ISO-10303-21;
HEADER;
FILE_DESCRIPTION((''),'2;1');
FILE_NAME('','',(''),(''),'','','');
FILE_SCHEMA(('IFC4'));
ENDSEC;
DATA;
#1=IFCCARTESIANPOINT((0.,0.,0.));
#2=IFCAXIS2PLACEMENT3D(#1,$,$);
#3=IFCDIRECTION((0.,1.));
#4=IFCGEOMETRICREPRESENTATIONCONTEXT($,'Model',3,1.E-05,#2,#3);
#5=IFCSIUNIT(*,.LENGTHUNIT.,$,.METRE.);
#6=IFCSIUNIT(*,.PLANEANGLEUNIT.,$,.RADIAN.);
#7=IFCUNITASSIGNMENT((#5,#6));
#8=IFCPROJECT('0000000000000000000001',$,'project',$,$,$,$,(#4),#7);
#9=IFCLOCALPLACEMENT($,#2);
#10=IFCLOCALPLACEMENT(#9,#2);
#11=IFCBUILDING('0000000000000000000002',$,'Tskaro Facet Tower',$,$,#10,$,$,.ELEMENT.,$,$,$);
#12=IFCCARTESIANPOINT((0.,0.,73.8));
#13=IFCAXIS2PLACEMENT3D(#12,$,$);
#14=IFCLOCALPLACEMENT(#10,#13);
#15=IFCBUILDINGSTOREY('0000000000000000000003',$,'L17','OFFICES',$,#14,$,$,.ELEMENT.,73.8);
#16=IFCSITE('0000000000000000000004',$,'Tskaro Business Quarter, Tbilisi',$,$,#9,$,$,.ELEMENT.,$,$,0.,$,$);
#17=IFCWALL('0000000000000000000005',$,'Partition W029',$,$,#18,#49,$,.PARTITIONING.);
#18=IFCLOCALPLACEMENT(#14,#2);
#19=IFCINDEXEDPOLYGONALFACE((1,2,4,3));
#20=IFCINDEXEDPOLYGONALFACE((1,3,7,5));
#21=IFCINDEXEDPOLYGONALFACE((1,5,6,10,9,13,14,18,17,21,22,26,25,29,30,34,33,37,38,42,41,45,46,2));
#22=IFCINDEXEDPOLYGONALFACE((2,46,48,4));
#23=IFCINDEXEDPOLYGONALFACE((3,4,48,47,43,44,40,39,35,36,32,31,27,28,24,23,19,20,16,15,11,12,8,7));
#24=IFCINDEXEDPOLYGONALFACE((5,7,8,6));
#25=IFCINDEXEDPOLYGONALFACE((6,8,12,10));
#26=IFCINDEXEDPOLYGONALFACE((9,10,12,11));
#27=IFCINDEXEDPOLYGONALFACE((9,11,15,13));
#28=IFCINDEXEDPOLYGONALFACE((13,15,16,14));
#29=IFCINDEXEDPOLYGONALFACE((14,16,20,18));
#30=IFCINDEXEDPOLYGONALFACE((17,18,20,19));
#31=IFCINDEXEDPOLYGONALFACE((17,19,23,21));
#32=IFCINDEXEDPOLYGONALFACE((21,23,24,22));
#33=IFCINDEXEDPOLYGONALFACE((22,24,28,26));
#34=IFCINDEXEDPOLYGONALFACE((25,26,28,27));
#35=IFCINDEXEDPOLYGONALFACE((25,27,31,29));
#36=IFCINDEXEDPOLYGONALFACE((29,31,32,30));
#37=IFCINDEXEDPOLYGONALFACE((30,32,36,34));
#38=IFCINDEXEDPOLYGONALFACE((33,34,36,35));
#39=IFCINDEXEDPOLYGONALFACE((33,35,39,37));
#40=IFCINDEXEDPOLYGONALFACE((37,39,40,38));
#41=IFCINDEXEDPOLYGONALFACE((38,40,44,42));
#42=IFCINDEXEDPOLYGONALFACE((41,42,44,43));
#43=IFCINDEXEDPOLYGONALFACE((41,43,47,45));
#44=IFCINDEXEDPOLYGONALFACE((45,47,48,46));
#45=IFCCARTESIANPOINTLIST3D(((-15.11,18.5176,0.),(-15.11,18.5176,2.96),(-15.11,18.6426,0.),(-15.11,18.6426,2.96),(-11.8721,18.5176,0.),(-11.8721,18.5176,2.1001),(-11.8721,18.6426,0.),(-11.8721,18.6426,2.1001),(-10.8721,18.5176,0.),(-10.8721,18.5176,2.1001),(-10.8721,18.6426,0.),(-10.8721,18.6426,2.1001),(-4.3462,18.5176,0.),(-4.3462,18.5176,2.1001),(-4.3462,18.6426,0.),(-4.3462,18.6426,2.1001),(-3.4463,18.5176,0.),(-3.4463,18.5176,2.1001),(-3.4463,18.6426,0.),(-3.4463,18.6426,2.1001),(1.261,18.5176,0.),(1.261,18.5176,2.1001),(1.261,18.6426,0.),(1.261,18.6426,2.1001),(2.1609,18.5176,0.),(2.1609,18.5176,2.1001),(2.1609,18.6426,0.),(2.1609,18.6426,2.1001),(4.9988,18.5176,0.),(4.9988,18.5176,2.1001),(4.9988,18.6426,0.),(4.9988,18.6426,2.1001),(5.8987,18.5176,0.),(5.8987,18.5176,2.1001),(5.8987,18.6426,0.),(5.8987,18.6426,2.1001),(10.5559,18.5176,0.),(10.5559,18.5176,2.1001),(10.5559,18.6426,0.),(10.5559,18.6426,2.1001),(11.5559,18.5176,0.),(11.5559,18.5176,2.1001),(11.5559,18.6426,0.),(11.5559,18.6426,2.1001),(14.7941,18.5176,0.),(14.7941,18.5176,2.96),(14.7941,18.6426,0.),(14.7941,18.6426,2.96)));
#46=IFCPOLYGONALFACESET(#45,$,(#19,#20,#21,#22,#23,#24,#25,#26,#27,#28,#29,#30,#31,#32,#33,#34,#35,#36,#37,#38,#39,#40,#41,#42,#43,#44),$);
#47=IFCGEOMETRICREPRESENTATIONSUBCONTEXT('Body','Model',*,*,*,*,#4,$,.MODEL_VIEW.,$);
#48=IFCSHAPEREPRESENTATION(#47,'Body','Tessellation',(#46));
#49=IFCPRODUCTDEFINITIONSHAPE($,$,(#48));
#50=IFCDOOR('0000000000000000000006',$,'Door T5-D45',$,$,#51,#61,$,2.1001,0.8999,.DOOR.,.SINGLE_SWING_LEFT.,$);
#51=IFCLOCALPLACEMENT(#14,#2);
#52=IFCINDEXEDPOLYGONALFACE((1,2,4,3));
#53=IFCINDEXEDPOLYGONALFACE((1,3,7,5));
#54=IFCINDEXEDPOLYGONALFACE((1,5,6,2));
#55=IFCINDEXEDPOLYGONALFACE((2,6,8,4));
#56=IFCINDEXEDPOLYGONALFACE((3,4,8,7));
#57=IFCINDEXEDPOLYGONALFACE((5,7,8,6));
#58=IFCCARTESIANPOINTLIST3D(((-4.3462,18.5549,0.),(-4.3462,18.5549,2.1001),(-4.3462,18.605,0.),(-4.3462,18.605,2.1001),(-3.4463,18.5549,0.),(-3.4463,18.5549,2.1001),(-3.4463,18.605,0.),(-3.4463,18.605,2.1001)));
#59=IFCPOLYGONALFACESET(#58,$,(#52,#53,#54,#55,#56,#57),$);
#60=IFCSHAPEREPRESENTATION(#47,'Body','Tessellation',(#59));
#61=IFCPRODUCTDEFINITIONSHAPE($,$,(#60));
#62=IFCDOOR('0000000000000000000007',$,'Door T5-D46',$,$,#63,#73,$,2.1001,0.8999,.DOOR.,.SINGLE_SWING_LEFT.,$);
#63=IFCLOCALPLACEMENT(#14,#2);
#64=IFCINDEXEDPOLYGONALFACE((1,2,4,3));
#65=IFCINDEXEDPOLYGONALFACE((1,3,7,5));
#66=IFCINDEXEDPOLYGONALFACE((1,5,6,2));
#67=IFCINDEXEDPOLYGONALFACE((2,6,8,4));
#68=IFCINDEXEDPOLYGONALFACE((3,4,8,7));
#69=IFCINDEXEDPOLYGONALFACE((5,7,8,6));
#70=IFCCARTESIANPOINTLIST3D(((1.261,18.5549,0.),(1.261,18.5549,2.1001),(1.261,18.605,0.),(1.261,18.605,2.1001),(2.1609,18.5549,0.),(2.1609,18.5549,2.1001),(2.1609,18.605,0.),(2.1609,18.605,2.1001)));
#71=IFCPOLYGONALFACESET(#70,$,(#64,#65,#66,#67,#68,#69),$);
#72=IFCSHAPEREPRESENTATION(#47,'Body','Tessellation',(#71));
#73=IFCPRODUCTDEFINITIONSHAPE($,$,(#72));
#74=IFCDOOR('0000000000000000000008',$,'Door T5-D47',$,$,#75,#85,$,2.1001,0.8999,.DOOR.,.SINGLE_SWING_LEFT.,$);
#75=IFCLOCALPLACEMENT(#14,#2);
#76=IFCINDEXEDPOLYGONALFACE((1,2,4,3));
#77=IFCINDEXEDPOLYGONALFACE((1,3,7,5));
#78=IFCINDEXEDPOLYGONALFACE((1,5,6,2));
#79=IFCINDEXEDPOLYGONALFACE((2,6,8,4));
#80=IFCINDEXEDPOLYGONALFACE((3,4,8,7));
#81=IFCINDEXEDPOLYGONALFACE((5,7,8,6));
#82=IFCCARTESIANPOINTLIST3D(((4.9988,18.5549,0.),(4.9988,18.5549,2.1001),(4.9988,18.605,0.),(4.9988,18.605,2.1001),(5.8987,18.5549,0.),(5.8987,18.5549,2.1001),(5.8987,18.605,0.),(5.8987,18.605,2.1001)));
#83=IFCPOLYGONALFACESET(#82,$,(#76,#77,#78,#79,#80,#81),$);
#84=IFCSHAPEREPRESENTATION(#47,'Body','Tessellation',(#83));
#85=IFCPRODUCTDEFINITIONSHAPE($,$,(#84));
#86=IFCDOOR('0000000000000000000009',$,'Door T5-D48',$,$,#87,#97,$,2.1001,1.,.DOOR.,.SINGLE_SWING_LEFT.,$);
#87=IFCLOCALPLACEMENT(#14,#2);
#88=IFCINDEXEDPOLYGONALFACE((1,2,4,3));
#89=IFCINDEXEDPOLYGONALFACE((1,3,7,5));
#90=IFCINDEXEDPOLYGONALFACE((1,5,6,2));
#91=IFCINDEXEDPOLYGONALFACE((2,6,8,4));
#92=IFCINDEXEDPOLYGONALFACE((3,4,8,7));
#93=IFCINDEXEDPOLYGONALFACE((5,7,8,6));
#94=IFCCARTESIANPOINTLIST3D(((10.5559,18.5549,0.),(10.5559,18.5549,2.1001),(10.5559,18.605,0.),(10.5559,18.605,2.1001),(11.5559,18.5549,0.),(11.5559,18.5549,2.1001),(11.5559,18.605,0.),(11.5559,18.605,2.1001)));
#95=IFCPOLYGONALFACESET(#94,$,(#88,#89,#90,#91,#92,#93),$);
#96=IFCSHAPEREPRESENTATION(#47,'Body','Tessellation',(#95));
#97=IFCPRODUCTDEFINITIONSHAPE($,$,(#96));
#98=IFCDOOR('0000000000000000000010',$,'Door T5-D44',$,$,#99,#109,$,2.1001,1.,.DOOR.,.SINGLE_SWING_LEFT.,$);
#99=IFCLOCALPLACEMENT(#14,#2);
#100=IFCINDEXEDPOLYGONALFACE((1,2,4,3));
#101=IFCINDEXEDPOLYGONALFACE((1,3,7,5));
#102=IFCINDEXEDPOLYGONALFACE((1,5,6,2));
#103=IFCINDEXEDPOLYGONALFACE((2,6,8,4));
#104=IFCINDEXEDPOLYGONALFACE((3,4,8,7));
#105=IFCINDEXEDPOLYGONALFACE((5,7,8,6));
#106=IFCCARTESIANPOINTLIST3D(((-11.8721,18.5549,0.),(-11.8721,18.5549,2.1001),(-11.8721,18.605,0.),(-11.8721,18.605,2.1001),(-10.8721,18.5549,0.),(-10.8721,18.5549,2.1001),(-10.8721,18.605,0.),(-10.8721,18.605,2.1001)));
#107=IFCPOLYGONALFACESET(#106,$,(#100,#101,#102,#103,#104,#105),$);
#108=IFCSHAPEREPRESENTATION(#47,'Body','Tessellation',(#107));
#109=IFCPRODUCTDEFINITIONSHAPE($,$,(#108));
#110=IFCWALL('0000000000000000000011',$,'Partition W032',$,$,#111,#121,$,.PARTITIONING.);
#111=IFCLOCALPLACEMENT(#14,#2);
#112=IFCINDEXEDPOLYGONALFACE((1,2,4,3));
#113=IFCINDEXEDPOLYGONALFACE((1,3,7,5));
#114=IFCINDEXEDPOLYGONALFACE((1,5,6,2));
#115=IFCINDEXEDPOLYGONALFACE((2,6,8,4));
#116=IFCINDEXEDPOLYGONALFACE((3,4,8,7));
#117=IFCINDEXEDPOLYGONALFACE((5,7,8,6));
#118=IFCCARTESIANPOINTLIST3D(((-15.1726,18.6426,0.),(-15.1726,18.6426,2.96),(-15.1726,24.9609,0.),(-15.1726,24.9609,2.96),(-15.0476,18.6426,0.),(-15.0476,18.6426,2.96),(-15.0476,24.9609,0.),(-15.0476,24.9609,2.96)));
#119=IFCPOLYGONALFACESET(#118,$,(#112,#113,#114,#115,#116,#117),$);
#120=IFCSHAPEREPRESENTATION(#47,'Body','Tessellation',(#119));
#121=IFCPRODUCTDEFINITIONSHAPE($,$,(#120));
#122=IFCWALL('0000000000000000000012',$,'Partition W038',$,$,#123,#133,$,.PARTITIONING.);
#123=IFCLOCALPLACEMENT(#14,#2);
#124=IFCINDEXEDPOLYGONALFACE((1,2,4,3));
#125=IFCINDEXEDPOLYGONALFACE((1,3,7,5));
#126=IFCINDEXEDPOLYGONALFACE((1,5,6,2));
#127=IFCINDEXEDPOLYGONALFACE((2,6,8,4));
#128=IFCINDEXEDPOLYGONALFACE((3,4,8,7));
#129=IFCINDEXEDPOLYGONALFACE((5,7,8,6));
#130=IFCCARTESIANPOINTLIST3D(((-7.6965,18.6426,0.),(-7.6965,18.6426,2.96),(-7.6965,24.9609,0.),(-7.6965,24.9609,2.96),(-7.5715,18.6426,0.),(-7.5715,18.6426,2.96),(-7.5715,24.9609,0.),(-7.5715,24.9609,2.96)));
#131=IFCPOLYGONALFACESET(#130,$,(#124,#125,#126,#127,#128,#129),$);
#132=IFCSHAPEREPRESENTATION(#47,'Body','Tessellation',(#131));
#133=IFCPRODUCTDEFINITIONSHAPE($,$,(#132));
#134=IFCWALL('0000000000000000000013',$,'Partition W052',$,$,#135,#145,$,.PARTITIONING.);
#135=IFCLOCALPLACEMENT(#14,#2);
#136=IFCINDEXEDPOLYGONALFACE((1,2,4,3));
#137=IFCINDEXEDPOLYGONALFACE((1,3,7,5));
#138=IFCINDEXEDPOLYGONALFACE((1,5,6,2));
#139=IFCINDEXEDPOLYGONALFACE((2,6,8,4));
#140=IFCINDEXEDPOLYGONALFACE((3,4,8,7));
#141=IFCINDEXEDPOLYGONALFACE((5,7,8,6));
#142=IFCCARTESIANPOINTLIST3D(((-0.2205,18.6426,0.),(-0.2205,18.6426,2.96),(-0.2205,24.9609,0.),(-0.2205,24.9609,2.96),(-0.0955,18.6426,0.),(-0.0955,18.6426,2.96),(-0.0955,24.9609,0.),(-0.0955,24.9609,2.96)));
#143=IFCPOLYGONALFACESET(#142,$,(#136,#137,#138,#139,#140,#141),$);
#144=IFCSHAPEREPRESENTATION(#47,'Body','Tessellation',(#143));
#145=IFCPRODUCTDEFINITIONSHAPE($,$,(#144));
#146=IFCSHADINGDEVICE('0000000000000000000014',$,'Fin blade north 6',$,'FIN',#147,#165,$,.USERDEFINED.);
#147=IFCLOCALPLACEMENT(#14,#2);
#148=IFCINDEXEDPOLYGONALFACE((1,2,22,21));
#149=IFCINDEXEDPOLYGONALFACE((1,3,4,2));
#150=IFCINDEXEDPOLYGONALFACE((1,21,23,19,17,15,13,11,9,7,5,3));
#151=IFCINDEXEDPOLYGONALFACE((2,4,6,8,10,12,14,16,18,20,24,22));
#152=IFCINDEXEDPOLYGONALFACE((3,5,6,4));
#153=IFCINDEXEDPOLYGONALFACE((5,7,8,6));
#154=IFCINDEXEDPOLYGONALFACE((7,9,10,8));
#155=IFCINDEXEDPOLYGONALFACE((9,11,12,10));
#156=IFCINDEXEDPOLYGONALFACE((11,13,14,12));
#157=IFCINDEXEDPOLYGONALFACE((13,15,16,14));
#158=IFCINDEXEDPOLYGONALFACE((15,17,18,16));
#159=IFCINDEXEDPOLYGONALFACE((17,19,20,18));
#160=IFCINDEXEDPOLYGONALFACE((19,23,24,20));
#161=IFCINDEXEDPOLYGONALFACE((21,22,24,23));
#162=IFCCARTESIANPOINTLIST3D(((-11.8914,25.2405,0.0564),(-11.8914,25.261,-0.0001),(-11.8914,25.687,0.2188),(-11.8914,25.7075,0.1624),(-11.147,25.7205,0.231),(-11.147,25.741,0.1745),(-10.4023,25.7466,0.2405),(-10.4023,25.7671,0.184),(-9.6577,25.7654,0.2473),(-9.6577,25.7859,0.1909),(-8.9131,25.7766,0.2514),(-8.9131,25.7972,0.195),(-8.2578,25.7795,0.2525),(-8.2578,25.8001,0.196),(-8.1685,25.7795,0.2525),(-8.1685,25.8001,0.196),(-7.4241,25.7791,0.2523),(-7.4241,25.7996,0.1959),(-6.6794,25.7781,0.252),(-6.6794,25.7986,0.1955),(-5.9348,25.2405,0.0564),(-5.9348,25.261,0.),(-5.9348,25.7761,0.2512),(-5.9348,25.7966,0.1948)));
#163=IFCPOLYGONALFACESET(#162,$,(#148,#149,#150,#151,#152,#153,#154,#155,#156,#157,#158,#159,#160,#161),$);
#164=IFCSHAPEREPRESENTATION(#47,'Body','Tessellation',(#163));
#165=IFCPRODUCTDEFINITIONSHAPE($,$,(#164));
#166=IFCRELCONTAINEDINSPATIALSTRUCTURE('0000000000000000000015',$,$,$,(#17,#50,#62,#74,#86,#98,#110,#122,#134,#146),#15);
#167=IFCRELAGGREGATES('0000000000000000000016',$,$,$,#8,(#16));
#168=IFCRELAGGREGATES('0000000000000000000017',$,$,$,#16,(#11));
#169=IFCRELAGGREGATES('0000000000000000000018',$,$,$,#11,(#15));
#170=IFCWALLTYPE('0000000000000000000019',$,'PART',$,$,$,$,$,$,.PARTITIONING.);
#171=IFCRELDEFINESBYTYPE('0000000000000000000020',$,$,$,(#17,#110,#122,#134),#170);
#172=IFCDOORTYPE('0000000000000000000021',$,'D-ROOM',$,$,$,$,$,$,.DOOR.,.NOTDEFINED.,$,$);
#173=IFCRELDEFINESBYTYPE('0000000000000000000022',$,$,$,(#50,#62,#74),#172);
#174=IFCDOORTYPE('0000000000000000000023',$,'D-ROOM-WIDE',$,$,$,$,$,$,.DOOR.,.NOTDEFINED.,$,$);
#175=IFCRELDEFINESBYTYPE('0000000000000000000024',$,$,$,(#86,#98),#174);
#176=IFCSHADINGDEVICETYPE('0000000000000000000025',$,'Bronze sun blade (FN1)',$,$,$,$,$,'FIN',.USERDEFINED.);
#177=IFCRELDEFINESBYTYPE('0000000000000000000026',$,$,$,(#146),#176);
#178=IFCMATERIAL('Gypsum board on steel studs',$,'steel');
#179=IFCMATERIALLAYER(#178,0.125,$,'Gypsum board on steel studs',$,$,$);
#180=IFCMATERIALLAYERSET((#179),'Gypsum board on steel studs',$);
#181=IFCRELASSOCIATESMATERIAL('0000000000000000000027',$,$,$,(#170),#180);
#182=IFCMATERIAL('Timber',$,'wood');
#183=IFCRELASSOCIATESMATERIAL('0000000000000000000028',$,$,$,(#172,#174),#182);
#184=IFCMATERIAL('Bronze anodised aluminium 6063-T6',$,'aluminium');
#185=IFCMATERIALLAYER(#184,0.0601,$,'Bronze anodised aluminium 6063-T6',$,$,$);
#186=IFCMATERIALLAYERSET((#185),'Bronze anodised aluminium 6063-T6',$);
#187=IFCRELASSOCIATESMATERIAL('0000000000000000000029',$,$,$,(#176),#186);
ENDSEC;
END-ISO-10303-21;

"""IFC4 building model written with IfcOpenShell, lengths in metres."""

from ifc_helpers import new_model, si_unit, direction, frame, frame_2d, origin, place, context, subcontext, project, spatial, polyline, rectangle, outline, extrude, material, layer, layer_set, type_object, element, fill, save


model = new_model("IFC4")

# Units and contexts
model_context = context("Model", 3, precision=1e-05, world=origin(), true_north=direction((0.0, 1.0)))
body_context = subcontext(model_context, "Body", "Model", "MODEL_VIEW")
ifc_project = project(units=[si_unit("LENGTHUNIT", "METRE"), si_unit("PLANEANGLEUNIT", "RADIAN")], contexts=[model_context])

# Site, building, storey
site_placement = place(None, origin())
site = spatial("IfcSite", under=ifc_project, at=site_placement, Name="Tskaro Business Quarter, Tbilisi", CompositionType="ELEMENT", RefElevation=0.0)
building_placement = place(site_placement, origin())
building = spatial("IfcBuilding", under=site, at=building_placement, Name="Tskaro Facet Tower", CompositionType="ELEMENT")
storey_placement = place(building_placement, frame((0.0, 0.0, 73.8)))
storey = spatial("IfcBuildingStorey", under=building, at=storey_placement, Name="L17", Description="OFFICES", CompositionType="ELEMENT", Elevation=73.8)

# Shared definitions
ifc_material_1 = material(Name="Bronze anodised aluminium 6063-T6", Category="aluminium")

# Wall, openings, doors
ifc_material_2 = material(Name="Gypsum board on steel studs", Category="steel")
ifc_layer_1 = layer(ifc_material_2, 0.125, Name="Gypsum board on steel studs")
ifc_layer_set_1 = layer_set([ifc_layer_1], Name="Gypsum board on steel studs")
wall_type = type_object("IfcWallType", Name="PART", PredefinedType="PARTITIONING", material=ifc_layer_set_1)
wall_placement = place(storey_placement, frame((-15.1101, 18.5801, 0.0), z_axis=(0.0, 0.0, 1.0), x_axis=(1.0, 0.0, 0.0)))
wall = element("IfcWall", 1, at=wall_placement, inside=storey, type_object=wall_type, Name="Partition W029", PredefinedType="PARTITIONING", context=body_context, shape_type="SweptSolid", body=[
    extrude(rectangle(XDim=29.9041, YDim=0.125, at=frame_2d((14.9521, 0.0))), origin(), (0.0, 0.0, 1.0), 2.96),
])
opening_1_placement = place(wall_placement, frame((25.666, 0.0, 0.0)))
opening_1 = element("IfcOpeningElement", 2, at=opening_1_placement, cuts=wall, PredefinedType="OPENING", context=body_context, shape_type="SweptSolid", body=[
    extrude(rectangle(XDim=1.0, YDim=2.1001, at=frame_2d((0.5, 1.05))), frame((0.0, 0.0725, 0.0), z_axis=(0.0, -1.0, 0.0), x_axis=(1.0, 0.0, 0.0)), (0.0, 0.0, 1.0), 0.145),
])
opening_2_placement = place(wall_placement, frame((3.238, 0.0, 0.0)))
opening_2 = element("IfcOpeningElement", 3, at=opening_2_placement, cuts=wall, PredefinedType="OPENING", context=body_context, shape_type="SweptSolid", body=[
    extrude(rectangle(XDim=1.0, YDim=2.1001, at=frame_2d((0.5, 1.05))), frame((0.0, 0.0725, 0.0), z_axis=(0.0, -1.0, 0.0), x_axis=(1.0, 0.0, 0.0)), (0.0, 0.0, 1.0), 0.145),
])
opening_3_placement = place(wall_placement, frame((10.7639, 0.0, 0.0)))
opening_3 = element("IfcOpeningElement", 4, at=opening_3_placement, cuts=wall, PredefinedType="OPENING", context=body_context, shape_type="SweptSolid", body=[
    extrude(rectangle(XDim=0.8999, YDim=2.1001, at=frame_2d((0.45, 1.05))), frame((0.0, 0.0725, 0.0), z_axis=(0.0, -1.0, 0.0), x_axis=(1.0, 0.0, 0.0)), (0.0, 0.0, 1.0), 0.145),
])
opening_4_placement = place(wall_placement, frame((16.3711, 0.0, 0.0)))
opening_4 = element("IfcOpeningElement", 5, at=opening_4_placement, cuts=wall, PredefinedType="OPENING", context=body_context, shape_type="SweptSolid", body=[
    extrude(rectangle(XDim=0.8999, YDim=2.1001, at=frame_2d((0.45, 1.05))), frame((0.0, 0.0725, 0.0), z_axis=(0.0, -1.0, 0.0), x_axis=(1.0, 0.0, 0.0)), (0.0, 0.0, 1.0), 0.145),
])
opening_5_placement = place(wall_placement, frame((20.1089, 0.0, 0.0)))
opening_5 = element("IfcOpeningElement", 6, at=opening_5_placement, cuts=wall, PredefinedType="OPENING", context=body_context, shape_type="SweptSolid", body=[
    extrude(rectangle(XDim=0.8999, YDim=2.1001, at=frame_2d((0.45, 1.05))), frame((0.0, 0.0725, 0.0), z_axis=(0.0, -1.0, 0.0), x_axis=(1.0, 0.0, 0.0)), (0.0, 0.0, 1.0), 0.145),
])
ifc_material_3 = material(Name="Timber", Category="wood")
door_type_1 = type_object("IfcDoorType", Name="D-ROOM", OperationType="NOTDEFINED", PredefinedType="DOOR", material=ifc_material_3)
door_1_placement = place(opening_3_placement, origin())
door_1 = element("IfcDoor", 7, at=door_1_placement, inside=storey, type_object=door_type_1, Name="Door T5-D45", OperationType="SINGLE_SWING_LEFT", OverallHeight=2.1001, OverallWidth=0.8999, PredefinedType="DOOR", context=body_context, shape_type="SweptSolid", body=[
    extrude(rectangle(XDim=0.8999, YDim=2.1001, at=frame_2d((0.45, 1.05))), frame((0.0, 0.0249, 0.0), z_axis=(0.0, -1.0, 0.0), x_axis=(1.0, 0.0, 0.0)), (0.0, 0.0, 1.0), 0.05),
])
fill(opening_3, door_1)
door_2_placement = place(opening_4_placement, origin())
door_2 = element("IfcDoor", 8, at=door_2_placement, inside=storey, type_object=door_type_1, Name="Door T5-D46", OperationType="SINGLE_SWING_LEFT", OverallHeight=2.1001, OverallWidth=0.8999, PredefinedType="DOOR", context=body_context, shape_type="SweptSolid", body=[
    extrude(rectangle(XDim=0.8999, YDim=2.1001, at=frame_2d((0.45, 1.05))), frame((0.0, 0.0249, 0.0), z_axis=(0.0, -1.0, 0.0), x_axis=(1.0, 0.0, 0.0)), (0.0, 0.0, 1.0), 0.05),
])
fill(opening_4, door_2)
door_3_placement = place(opening_5_placement, origin())
door_3 = element("IfcDoor", 9, at=door_3_placement, inside=storey, type_object=door_type_1, Name="Door T5-D47", OperationType="SINGLE_SWING_LEFT", OverallHeight=2.1001, OverallWidth=0.8999, PredefinedType="DOOR", context=body_context, shape_type="SweptSolid", body=[
    extrude(rectangle(XDim=0.8999, YDim=2.1001, at=frame_2d((0.45, 1.05))), frame((0.0, 0.0249, 0.0), z_axis=(0.0, -1.0, 0.0), x_axis=(1.0, 0.0, 0.0)), (0.0, 0.0, 1.0), 0.05),
])
fill(opening_5, door_3)
door_type_2 = type_object("IfcDoorType", Name="D-ROOM-WIDE", OperationType="NOTDEFINED", PredefinedType="DOOR", material=ifc_material_3)
door_4_placement = place(opening_1_placement, origin())
door_4 = element("IfcDoor", 10, at=door_4_placement, inside=storey, type_object=door_type_2, Name="Door T5-D48", OperationType="SINGLE_SWING_LEFT", OverallHeight=2.1001, OverallWidth=1.0, PredefinedType="DOOR", context=body_context, shape_type="SweptSolid", body=[
    extrude(rectangle(XDim=1.0, YDim=2.1001, at=frame_2d((0.5, 1.05))), frame((0.0, 0.0249, 0.0), z_axis=(0.0, -1.0, 0.0), x_axis=(1.0, 0.0, 0.0)), (0.0, 0.0, 1.0), 0.05),
])
fill(opening_1, door_4)
door_5_placement = place(opening_2_placement, origin())
door_5 = element("IfcDoor", 11, at=door_5_placement, inside=storey, type_object=door_type_2, Name="Door T5-D44", OperationType="SINGLE_SWING_LEFT", OverallHeight=2.1001, OverallWidth=1.0, PredefinedType="DOOR", context=body_context, shape_type="SweptSolid", body=[
    extrude(rectangle(XDim=1.0, YDim=2.1001, at=frame_2d((0.5, 1.05))), frame((0.0, 0.0249, 0.0), z_axis=(0.0, -1.0, 0.0), x_axis=(1.0, 0.0, 0.0)), (0.0, 0.0, 1.0), 0.05),
])
fill(opening_2, door_5)

# Walls
for number, where, z_axis, x_axis, name in (
    (12, (-15.1101, 18.6426, 0.0), (0.0, 0.0, 1.0), (0.0, 1.0, 0.0), "Partition W032"),
    (13, (-7.634, 18.6426, 0.0), (0.0, 0.0, 1.0), (0.0, 1.0, 0.0), "Partition W038"),
    (14, (-0.158, 18.6426, 0.0), (0.0, 0.0, 1.0), (0.0, 1.0, 0.0), "Partition W052"),
):
    element("IfcWall", number, at=place(storey_placement, frame(where, z_axis=z_axis, x_axis=x_axis)), inside=storey, type_object=wall_type, Name=name, PredefinedType="PARTITIONING", context=body_context, shape_type="SweptSolid", body=[
        extrude(rectangle(XDim=6.3184, YDim=0.125, at=frame_2d((3.1592, 0.0))), origin(), (0.0, 0.0, 1.0), 2.96),
    ])

# Shading device
ifc_layer_2 = layer(ifc_material_1, 0.0601, Name="Bronze anodised aluminium 6063-T6")
ifc_layer_set_2 = layer_set([ifc_layer_2], Name="Bronze anodised aluminium 6063-T6")
shading_device_type = type_object("IfcShadingDeviceType", Name="Bronze sun blade (FN1)", ElementType="FIN", PredefinedType="USERDEFINED", material=ifc_layer_set_2)
shading_device_1_placement = place(storey_placement, frame((-5.9348, 25.2405, 0.0564), z_axis=(-0.000004, -0.341846, 0.939756), x_axis=(-1.0, 0.000001, -0.000004)))
element("IfcShadingDevice", 15, at=shading_device_1_placement, inside=storey, type_object=shading_device_type, Name="Fin blade north 6", ObjectType="FIN", PredefinedType="USERDEFINED", context=body_context, shape_type="SweptSolid", body=[
    extrude(outline(polyline([(0.0, 0.0), (5.9565, 0.0), (5.9565, -0.4751), (5.2122, -0.5107), (4.4675, -0.5385), (3.7229, -0.5585), (2.9783, -0.5705), (2.323, -0.5736), (2.2336, -0.5736), (1.4893, -0.5731), (0.7446, -0.5721), (0.0, -0.57), (0.0, 0.0)])), origin(), (0.0, 0.0, -1.0), 0.0601),
])

save(model, "model.ifc")
